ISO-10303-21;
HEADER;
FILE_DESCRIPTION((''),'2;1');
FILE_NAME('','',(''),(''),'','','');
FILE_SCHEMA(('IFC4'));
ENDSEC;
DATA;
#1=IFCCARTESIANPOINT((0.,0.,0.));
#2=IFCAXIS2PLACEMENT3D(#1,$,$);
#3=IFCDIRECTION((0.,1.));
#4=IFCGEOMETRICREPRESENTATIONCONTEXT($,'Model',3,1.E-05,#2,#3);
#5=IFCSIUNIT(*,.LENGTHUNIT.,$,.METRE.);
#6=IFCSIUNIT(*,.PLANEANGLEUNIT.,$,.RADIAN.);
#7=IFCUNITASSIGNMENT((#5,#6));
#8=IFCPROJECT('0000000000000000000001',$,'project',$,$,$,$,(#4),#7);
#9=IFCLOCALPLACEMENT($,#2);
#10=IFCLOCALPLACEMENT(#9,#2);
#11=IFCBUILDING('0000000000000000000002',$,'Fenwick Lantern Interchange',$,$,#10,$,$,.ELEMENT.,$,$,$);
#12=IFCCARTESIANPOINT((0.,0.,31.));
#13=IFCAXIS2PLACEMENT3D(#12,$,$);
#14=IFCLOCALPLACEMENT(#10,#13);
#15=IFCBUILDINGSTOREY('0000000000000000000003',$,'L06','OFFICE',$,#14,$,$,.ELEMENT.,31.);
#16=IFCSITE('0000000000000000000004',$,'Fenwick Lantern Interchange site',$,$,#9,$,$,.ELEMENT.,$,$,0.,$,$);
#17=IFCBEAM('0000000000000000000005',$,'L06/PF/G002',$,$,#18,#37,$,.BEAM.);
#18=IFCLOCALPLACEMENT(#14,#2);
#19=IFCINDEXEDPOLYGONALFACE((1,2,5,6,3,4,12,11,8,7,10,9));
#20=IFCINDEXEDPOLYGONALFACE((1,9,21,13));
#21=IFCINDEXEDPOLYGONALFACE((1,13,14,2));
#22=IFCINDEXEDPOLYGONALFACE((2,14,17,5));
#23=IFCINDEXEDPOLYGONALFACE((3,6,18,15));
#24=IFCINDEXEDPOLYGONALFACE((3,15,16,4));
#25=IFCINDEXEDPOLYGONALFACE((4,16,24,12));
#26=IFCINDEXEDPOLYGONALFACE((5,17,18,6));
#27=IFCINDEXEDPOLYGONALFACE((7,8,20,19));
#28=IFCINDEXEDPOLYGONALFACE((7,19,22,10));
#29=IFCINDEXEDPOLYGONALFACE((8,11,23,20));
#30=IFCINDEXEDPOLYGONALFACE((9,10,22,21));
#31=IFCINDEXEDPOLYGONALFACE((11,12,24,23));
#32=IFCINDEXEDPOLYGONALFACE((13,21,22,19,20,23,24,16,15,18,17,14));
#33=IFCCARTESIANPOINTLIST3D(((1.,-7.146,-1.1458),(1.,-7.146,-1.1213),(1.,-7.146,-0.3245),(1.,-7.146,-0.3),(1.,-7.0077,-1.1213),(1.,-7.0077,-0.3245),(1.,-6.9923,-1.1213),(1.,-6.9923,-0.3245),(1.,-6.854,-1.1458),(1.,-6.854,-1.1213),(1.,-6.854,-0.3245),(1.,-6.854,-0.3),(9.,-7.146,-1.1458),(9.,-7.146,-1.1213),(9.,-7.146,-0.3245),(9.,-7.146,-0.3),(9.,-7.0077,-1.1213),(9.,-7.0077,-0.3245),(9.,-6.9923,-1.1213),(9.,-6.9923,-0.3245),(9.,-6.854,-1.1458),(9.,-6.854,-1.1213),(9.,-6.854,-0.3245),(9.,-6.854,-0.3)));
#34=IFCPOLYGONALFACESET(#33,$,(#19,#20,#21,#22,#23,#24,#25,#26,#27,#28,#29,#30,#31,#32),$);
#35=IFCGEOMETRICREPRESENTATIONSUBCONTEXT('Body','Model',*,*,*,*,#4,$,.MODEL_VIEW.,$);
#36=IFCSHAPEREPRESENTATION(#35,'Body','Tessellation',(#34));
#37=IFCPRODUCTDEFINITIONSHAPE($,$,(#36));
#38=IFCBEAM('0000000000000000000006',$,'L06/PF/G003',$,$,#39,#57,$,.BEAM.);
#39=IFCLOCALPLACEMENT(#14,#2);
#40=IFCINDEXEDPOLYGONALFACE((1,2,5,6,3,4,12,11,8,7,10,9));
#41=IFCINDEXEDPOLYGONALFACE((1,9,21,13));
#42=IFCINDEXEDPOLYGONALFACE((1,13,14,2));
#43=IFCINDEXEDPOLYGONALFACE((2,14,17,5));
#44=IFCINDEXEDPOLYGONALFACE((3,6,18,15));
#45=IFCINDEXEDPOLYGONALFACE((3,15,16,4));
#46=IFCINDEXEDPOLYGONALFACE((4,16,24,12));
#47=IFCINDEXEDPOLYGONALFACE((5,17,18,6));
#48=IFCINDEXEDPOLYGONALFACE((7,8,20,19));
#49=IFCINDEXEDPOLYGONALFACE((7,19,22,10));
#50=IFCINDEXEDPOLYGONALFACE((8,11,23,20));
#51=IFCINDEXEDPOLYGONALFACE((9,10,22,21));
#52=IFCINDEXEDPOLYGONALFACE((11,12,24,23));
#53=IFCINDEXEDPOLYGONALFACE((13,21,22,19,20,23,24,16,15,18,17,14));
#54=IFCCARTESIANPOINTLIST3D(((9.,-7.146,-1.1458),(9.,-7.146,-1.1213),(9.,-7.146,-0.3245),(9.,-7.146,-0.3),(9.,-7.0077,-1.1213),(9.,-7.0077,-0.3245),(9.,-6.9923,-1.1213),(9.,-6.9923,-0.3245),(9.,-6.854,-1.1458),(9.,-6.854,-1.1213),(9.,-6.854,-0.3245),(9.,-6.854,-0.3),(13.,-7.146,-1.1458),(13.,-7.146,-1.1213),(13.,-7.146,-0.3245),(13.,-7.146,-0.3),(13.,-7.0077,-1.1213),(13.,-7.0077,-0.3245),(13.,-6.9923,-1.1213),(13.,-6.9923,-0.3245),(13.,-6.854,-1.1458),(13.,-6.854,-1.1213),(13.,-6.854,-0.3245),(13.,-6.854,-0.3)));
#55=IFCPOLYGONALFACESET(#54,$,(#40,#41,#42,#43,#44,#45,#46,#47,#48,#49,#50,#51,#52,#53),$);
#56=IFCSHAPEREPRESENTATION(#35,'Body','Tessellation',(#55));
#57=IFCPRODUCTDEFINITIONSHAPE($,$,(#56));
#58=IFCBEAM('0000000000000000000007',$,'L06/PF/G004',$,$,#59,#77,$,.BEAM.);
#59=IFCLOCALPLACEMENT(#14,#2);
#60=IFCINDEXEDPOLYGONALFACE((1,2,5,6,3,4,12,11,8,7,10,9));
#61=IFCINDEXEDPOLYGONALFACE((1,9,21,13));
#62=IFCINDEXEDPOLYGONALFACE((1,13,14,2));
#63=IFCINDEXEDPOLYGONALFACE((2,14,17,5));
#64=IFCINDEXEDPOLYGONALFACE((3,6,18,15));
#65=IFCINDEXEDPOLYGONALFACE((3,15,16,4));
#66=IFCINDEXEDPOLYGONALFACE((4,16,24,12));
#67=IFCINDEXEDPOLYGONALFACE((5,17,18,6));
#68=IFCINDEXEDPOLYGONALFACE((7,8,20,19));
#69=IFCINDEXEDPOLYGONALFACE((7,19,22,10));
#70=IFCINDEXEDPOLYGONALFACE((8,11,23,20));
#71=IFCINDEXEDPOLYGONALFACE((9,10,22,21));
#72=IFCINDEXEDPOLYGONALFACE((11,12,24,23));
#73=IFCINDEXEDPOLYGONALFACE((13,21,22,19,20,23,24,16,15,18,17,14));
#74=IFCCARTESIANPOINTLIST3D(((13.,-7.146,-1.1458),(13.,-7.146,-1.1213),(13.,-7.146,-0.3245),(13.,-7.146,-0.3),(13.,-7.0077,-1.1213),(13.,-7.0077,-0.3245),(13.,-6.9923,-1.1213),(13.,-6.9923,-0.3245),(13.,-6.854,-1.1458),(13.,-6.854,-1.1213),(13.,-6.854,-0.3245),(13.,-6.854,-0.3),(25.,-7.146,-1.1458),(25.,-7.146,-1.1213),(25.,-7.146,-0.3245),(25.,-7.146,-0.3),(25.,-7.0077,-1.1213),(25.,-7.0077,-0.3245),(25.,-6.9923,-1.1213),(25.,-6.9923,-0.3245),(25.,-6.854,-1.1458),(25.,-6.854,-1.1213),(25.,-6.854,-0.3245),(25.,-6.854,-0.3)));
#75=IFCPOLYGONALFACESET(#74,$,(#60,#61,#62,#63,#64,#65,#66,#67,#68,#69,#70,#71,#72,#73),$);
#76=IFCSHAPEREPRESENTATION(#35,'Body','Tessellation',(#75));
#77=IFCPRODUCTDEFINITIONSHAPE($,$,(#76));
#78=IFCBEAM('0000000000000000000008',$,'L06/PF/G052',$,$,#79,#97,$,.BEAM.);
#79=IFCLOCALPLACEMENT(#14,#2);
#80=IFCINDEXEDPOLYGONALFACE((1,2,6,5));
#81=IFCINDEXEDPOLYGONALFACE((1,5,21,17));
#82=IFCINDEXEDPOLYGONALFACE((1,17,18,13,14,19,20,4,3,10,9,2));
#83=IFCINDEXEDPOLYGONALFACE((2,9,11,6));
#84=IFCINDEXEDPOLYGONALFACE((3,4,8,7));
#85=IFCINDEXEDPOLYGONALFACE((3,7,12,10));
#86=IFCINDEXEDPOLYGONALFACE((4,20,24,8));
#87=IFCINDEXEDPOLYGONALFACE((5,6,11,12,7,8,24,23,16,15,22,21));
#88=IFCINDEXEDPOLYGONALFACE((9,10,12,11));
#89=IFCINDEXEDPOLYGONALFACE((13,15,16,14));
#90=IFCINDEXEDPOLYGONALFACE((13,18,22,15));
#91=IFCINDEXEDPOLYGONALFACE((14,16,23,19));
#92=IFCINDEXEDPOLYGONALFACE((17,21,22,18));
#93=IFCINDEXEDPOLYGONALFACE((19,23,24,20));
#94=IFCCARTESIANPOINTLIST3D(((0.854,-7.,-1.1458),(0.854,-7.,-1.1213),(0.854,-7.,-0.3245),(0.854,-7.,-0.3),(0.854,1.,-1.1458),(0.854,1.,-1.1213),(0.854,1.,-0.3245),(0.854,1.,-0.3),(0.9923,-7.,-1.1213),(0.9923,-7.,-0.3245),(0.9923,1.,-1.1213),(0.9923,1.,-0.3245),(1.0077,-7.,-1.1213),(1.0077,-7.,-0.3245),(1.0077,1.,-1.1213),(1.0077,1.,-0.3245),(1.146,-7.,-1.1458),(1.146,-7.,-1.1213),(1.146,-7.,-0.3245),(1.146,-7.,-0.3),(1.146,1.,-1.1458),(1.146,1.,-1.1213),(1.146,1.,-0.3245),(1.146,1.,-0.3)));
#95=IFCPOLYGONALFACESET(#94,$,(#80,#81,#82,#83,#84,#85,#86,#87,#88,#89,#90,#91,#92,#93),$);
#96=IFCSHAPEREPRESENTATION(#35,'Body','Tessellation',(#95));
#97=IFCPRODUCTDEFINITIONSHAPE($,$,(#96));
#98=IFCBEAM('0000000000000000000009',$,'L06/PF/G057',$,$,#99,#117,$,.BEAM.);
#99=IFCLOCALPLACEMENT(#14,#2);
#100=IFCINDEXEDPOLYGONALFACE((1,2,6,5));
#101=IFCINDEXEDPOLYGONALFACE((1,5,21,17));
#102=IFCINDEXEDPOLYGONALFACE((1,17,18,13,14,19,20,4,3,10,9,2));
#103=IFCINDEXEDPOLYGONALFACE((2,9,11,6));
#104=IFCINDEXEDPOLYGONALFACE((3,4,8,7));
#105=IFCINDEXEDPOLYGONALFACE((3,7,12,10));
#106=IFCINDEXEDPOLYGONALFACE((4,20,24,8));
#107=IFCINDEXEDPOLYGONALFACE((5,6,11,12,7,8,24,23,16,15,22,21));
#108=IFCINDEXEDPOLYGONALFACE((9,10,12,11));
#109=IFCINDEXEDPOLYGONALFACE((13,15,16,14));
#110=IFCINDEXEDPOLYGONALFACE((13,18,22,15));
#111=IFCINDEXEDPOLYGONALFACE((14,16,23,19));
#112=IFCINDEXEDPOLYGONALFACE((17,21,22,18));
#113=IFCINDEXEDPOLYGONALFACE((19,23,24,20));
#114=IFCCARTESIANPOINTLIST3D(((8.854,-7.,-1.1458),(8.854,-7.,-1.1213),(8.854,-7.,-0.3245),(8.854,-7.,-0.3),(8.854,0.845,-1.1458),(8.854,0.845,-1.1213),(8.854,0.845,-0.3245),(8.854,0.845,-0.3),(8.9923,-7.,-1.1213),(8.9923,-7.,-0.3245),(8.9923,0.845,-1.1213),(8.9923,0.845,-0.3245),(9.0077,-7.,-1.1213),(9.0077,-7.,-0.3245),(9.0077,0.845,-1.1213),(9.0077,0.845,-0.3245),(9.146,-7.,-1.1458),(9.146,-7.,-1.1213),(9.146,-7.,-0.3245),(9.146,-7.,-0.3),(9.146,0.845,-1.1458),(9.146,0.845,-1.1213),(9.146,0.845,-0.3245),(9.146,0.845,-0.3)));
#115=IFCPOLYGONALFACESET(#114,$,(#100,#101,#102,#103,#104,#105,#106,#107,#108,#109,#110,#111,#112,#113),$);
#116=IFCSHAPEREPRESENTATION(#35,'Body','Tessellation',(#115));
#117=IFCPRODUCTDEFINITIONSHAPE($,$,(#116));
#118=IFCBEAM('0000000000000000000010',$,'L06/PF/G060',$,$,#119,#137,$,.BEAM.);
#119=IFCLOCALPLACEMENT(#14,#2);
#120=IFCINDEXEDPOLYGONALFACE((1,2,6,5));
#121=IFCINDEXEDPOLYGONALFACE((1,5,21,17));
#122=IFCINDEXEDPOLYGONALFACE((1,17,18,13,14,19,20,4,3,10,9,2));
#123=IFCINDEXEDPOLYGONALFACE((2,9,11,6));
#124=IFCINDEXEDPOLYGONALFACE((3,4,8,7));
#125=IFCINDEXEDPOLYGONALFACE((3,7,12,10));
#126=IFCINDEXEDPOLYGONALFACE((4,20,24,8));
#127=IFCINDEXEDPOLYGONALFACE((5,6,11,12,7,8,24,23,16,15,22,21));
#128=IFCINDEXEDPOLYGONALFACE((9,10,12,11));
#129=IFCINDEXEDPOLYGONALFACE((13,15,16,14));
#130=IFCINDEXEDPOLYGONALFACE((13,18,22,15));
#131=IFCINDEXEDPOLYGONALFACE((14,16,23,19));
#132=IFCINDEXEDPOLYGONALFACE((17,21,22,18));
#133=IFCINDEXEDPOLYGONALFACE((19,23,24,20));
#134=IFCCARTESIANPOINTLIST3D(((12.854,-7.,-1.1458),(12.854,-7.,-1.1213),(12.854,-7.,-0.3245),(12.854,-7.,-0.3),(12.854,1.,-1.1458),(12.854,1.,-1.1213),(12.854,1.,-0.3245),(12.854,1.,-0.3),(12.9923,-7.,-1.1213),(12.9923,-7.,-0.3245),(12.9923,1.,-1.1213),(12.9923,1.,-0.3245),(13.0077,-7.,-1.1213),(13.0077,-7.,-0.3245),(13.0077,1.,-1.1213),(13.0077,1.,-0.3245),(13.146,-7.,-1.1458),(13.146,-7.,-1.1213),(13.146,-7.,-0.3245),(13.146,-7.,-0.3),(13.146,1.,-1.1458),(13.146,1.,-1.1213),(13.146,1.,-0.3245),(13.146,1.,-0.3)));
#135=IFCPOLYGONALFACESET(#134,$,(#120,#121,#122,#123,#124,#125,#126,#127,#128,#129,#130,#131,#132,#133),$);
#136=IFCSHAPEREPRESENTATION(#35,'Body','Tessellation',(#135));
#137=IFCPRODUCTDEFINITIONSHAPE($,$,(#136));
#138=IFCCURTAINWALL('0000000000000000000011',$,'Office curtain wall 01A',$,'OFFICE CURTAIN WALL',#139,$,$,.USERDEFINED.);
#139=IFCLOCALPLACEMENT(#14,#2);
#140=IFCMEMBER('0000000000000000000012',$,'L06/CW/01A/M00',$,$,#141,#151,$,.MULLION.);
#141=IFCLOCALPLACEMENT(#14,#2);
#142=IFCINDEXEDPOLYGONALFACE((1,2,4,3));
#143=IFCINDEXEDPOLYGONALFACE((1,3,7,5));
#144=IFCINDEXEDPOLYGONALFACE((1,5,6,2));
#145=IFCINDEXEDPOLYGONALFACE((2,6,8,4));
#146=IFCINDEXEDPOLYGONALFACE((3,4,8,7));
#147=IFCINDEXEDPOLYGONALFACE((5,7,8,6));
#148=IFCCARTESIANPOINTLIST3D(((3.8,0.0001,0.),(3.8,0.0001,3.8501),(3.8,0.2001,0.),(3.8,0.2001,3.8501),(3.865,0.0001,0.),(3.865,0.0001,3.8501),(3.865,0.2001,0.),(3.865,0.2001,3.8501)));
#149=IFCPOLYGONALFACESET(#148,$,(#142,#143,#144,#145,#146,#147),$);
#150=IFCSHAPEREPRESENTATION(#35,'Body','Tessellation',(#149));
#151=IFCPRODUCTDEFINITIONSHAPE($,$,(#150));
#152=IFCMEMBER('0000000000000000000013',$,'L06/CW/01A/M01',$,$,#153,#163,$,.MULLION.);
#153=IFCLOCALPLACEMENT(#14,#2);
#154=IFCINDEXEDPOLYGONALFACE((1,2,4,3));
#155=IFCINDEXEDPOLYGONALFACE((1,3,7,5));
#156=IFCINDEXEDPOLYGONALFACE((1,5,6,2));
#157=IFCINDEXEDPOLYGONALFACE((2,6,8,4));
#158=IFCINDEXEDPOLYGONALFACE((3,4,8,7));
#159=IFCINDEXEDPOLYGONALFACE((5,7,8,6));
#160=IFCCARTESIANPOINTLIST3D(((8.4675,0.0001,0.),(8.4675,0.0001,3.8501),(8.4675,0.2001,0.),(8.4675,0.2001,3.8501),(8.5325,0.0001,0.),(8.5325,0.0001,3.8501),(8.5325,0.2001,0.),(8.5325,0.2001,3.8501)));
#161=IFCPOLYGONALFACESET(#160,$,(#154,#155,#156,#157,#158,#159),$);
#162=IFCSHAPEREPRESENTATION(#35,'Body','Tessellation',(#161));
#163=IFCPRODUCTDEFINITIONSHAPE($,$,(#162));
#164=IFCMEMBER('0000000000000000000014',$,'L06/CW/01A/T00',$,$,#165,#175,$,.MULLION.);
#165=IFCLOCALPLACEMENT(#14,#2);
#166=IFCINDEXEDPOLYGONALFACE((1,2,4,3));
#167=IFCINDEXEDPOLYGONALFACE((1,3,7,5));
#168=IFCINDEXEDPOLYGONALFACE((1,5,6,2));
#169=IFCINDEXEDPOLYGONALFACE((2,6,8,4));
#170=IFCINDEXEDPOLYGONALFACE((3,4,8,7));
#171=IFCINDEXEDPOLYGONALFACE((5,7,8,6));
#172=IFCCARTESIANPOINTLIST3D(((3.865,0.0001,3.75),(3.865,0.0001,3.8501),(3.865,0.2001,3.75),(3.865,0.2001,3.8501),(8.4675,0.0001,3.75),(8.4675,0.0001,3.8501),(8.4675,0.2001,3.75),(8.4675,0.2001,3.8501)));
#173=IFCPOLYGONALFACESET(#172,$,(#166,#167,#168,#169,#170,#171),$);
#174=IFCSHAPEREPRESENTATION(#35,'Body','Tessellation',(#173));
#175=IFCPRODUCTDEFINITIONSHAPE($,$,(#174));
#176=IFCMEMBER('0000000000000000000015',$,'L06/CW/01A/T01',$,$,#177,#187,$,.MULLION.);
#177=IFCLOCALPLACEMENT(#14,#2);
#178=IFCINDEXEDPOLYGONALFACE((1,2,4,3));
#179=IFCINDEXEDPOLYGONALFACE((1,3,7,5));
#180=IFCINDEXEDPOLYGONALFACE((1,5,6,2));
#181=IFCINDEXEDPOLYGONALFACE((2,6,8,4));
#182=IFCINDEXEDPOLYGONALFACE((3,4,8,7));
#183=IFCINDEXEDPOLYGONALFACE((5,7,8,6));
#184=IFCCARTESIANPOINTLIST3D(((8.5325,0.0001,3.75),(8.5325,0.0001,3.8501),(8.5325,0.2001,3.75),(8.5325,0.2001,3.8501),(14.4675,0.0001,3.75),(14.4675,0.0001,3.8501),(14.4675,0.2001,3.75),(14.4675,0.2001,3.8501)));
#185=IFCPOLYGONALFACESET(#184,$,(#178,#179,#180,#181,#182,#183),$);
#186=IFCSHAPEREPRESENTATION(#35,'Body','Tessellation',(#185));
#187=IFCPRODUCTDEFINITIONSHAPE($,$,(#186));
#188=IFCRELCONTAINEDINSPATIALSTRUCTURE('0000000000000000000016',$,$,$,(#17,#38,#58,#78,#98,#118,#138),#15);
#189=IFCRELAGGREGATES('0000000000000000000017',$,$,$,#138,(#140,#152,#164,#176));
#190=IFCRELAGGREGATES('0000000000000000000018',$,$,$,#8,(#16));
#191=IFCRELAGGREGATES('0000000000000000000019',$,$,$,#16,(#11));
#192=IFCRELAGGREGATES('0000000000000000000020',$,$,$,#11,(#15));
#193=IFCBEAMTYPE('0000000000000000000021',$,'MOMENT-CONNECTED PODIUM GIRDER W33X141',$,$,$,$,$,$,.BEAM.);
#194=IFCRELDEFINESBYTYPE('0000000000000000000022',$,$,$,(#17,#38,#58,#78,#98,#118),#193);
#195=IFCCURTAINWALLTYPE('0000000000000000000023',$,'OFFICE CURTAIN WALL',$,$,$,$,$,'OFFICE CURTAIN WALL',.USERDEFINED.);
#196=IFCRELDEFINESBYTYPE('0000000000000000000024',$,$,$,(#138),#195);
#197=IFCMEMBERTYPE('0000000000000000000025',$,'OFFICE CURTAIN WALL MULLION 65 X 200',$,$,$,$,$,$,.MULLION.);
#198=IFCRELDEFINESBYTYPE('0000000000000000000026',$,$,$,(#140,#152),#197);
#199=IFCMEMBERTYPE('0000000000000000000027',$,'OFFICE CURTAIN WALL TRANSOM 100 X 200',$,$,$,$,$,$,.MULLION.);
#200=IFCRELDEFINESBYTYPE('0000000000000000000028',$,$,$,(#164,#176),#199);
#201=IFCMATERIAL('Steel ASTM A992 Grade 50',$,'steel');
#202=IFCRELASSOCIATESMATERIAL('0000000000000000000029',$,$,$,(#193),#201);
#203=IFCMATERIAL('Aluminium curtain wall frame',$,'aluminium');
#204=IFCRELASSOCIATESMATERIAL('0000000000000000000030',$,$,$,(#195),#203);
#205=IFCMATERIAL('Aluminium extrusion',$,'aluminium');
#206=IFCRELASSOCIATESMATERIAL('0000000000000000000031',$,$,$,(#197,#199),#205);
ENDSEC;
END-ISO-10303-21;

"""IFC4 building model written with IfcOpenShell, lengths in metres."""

from ifc_helpers import new_model, si_unit, direction, frame, origin, origin_2d, place, context, subcontext, project, spatial, rectangle, i_section, extrude, material, material_profile, profile_set, type_object, element, aggregate, save


model = new_model("IFC4")

# Units and contexts
model_context = context("Model", 3, precision=1e-05, world=origin(), true_north=direction((0.0, 1.0)))
body_context = subcontext(model_context, "Body", "Model", "MODEL_VIEW")
ifc_project = project(units=[si_unit("LENGTHUNIT", "METRE"), si_unit("PLANEANGLEUNIT", "RADIAN")], contexts=[model_context])

# Site, building, storey
site_placement = place(None, origin())
site = spatial("IfcSite", under=ifc_project, at=site_placement, Name="Fenwick Lantern Interchange site", CompositionType="ELEMENT", RefElevation=0.0)
building_placement = place(site_placement, origin())
building = spatial("IfcBuilding", under=site, at=building_placement, Name="Fenwick Lantern Interchange", CompositionType="ELEMENT")
storey_placement = place(building_placement, frame((0.0, 0.0, 31.0)))
storey = spatial("IfcBuildingStorey", under=building, at=storey_placement, Name="L06", Description="OFFICE", CompositionType="ELEMENT", Elevation=31.0)

# Beams
ifc_material_1 = material(Name="Steel ASTM A992 Grade 50", Category="steel")
ifc_material_profile_1 = material_profile(ifc_material_1, i_section(OverallWidth=0.292, OverallDepth=0.8457, WebThickness=0.0154, FlangeThickness=0.0244, at=origin_2d()), Name="W33X141")
ifc_profile_set_1 = profile_set([ifc_material_profile_1], Name="Steel ASTM A992 Grade 50")
beam_type_1 = type_object("IfcBeamType", Name="MOMENT-CONNECTED PODIUM GIRDER W33X141", PredefinedType="BEAM", material=ifc_profile_set_1)
beam_1_placement = place(storey_placement, frame((1.0, -7.0, -0.7229), z_axis=(1.0, 0.0, 0.0), x_axis=(0.0, 1.0, 0.0)))
element("IfcBeam", 1, at=beam_1_placement, inside=storey, type_object=beam_type_1, Name="L06/PF/G002", PredefinedType="BEAM", context=body_context, shape_type="SweptSolid", body=[
    extrude(i_section(OverallWidth=0.292, OverallDepth=0.8457, WebThickness=0.0154, FlangeThickness=0.0244, at=origin_2d()), origin(), (0.0, 0.0, 1.0), 8.0),
])
beam_2_placement = place(storey_placement, frame((9.0, -7.0, -0.7229), z_axis=(1.0, 0.0, 0.0), x_axis=(0.0, 1.0, 0.0)))
element("IfcBeam", 2, at=beam_2_placement, inside=storey, type_object=beam_type_1, Name="L06/PF/G003", PredefinedType="BEAM", context=body_context, shape_type="SweptSolid", body=[
    extrude(i_section(OverallWidth=0.292, OverallDepth=0.8457, WebThickness=0.0154, FlangeThickness=0.0244, at=origin_2d()), origin(), (0.0, 0.0, 1.0), 4.0),
])
beam_3_placement = place(storey_placement, frame((13.0, -7.0, -0.7229), z_axis=(1.0, 0.0, 0.0), x_axis=(0.0, 1.0, 0.0)))
element("IfcBeam", 3, at=beam_3_placement, inside=storey, type_object=beam_type_1, Name="L06/PF/G004", PredefinedType="BEAM", context=body_context, shape_type="SweptSolid", body=[
    extrude(i_section(OverallWidth=0.292, OverallDepth=0.8457, WebThickness=0.0154, FlangeThickness=0.0244, at=origin_2d()), origin(), (0.0, 0.0, 1.0), 12.0),
])
beam_4_placement = place(storey_placement, frame((1.0, -7.0, -0.7229), z_axis=(0.0, 1.0, 0.0), x_axis=(-1.0, 0.0, 0.0)))
element("IfcBeam", 4, at=beam_4_placement, inside=storey, type_object=beam_type_1, Name="L06/PF/G052", PredefinedType="BEAM", context=body_context, shape_type="SweptSolid", body=[
    extrude(i_section(OverallWidth=0.292, OverallDepth=0.8457, WebThickness=0.0154, FlangeThickness=0.0244, at=origin_2d()), origin(), (0.0, 0.0, 1.0), 8.0),
])
beam_5_placement = place(storey_placement, frame((9.0, -7.0, -0.7229), z_axis=(0.0, 1.0, 0.0), x_axis=(-1.0, 0.0, 0.0)))
element("IfcBeam", 5, at=beam_5_placement, inside=storey, type_object=beam_type_1, Name="L06/PF/G057", PredefinedType="BEAM", context=body_context, shape_type="SweptSolid", body=[
    extrude(i_section(OverallWidth=0.292, OverallDepth=0.8457, WebThickness=0.0154, FlangeThickness=0.0244, at=origin_2d()), origin(), (0.0, 0.0, 1.0), 7.845),
])
beam_6_placement = place(storey_placement, frame((13.0, -7.0, -0.7229), z_axis=(0.0, 1.0, 0.0), x_axis=(-1.0, 0.0, 0.0)))
element("IfcBeam", 6, at=beam_6_placement, inside=storey, type_object=beam_type_1, Name="L06/PF/G060", PredefinedType="BEAM", context=body_context, shape_type="SweptSolid", body=[
    extrude(i_section(OverallWidth=0.292, OverallDepth=0.8457, WebThickness=0.0154, FlangeThickness=0.0244, at=origin_2d()), origin(), (0.0, 0.0, 1.0), 8.0),
])

# Curtain wall, members
ifc_material_2 = material(Name="Aluminium curtain wall frame", Category="aluminium")
curtain_wall_type = type_object("IfcCurtainWallType", Name="OFFICE CURTAIN WALL", ElementType="OFFICE CURTAIN WALL", PredefinedType="USERDEFINED", material=ifc_material_2)
curtain_wall_placement = place(storey_placement, origin())
curtain_wall = element("IfcCurtainWall", 7, at=curtain_wall_placement, inside=storey, type_object=curtain_wall_type, Name="Office curtain wall 01A", ObjectType="OFFICE CURTAIN WALL", PredefinedType="USERDEFINED")
ifc_material_3 = material(Name="Aluminium extrusion", Category="aluminium")
ifc_material_profile_2 = material_profile(ifc_material_3, rectangle(XDim=0.2, YDim=0.0649, at=origin_2d()), Name="OFFICE CURTAIN WALL MULLION 65 X 200")
ifc_profile_set_2 = profile_set([ifc_material_profile_2], Name="Aluminium extrusion")
member_type_1 = type_object("IfcMemberType", Name="OFFICE CURTAIN WALL MULLION 65 X 200", PredefinedType="MULLION", material=ifc_profile_set_2)
member_1_placement = place(storey_placement, frame((3.8325, 0.1001, 0.0), z_axis=(0.0, 0.0, 1.0), x_axis=(0.0, 1.0, 0.0)))
member_1 = element("IfcMember", 8, at=member_1_placement, type_object=member_type_1, Name="L06/CW/01A/M00", PredefinedType="MULLION", context=body_context, shape_type="SweptSolid", body=[
    extrude(rectangle(XDim=0.2, YDim=0.0649, at=origin_2d()), origin(), (0.0, 0.0, 1.0), 3.8501),
])
member_2_placement = place(storey_placement, frame((8.5, 0.1001, 0.0), z_axis=(0.0, 0.0, 1.0), x_axis=(0.0, 1.0, 0.0)))
member_2 = element("IfcMember", 9, at=member_2_placement, type_object=member_type_1, Name="L06/CW/01A/M01", PredefinedType="MULLION", context=body_context, shape_type="SweptSolid", body=[
    extrude(rectangle(XDim=0.2, YDim=0.0649, at=origin_2d()), origin(), (0.0, 0.0, 1.0), 3.8501),
])
ifc_material_profile_3 = material_profile(ifc_material_3, rectangle(XDim=0.2, YDim=0.1001, at=origin_2d()), Name="OFFICE CURTAIN WALL TRANSOM 100 X 200")
ifc_profile_set_3 = profile_set([ifc_material_profile_3], Name="Aluminium extrusion")
member_type_2 = type_object("IfcMemberType", Name="OFFICE CURTAIN WALL TRANSOM 100 X 200", PredefinedType="MULLION", material=ifc_profile_set_3)
member_3_placement = place(storey_placement, frame((3.865, 0.1001, 3.8), z_axis=(1.0, 0.0, 0.0), x_axis=(0.0, 1.0, 0.0)))
member_3 = element("IfcMember", 10, at=member_3_placement, type_object=member_type_2, Name="L06/CW/01A/T00", PredefinedType="MULLION", context=body_context, shape_type="SweptSolid", body=[
    extrude(rectangle(XDim=0.2, YDim=0.1001, at=origin_2d()), origin(), (0.0, 0.0, 1.0), 4.6025),
])
member_4_placement = place(storey_placement, frame((8.5325, 0.1001, 3.8), z_axis=(1.0, 0.0, 0.0), x_axis=(0.0, 1.0, 0.0)))
member_4 = element("IfcMember", 11, at=member_4_placement, type_object=member_type_2, Name="L06/CW/01A/T01", PredefinedType="MULLION", context=body_context, shape_type="SweptSolid", body=[
    extrude(rectangle(XDim=0.2, YDim=0.1001, at=origin_2d()), origin(), (0.0, 0.0, 1.0), 5.9351),
])

aggregate(curtain_wall, [member_1, member_2, member_3, member_4])

save(model, "model.ifc")
